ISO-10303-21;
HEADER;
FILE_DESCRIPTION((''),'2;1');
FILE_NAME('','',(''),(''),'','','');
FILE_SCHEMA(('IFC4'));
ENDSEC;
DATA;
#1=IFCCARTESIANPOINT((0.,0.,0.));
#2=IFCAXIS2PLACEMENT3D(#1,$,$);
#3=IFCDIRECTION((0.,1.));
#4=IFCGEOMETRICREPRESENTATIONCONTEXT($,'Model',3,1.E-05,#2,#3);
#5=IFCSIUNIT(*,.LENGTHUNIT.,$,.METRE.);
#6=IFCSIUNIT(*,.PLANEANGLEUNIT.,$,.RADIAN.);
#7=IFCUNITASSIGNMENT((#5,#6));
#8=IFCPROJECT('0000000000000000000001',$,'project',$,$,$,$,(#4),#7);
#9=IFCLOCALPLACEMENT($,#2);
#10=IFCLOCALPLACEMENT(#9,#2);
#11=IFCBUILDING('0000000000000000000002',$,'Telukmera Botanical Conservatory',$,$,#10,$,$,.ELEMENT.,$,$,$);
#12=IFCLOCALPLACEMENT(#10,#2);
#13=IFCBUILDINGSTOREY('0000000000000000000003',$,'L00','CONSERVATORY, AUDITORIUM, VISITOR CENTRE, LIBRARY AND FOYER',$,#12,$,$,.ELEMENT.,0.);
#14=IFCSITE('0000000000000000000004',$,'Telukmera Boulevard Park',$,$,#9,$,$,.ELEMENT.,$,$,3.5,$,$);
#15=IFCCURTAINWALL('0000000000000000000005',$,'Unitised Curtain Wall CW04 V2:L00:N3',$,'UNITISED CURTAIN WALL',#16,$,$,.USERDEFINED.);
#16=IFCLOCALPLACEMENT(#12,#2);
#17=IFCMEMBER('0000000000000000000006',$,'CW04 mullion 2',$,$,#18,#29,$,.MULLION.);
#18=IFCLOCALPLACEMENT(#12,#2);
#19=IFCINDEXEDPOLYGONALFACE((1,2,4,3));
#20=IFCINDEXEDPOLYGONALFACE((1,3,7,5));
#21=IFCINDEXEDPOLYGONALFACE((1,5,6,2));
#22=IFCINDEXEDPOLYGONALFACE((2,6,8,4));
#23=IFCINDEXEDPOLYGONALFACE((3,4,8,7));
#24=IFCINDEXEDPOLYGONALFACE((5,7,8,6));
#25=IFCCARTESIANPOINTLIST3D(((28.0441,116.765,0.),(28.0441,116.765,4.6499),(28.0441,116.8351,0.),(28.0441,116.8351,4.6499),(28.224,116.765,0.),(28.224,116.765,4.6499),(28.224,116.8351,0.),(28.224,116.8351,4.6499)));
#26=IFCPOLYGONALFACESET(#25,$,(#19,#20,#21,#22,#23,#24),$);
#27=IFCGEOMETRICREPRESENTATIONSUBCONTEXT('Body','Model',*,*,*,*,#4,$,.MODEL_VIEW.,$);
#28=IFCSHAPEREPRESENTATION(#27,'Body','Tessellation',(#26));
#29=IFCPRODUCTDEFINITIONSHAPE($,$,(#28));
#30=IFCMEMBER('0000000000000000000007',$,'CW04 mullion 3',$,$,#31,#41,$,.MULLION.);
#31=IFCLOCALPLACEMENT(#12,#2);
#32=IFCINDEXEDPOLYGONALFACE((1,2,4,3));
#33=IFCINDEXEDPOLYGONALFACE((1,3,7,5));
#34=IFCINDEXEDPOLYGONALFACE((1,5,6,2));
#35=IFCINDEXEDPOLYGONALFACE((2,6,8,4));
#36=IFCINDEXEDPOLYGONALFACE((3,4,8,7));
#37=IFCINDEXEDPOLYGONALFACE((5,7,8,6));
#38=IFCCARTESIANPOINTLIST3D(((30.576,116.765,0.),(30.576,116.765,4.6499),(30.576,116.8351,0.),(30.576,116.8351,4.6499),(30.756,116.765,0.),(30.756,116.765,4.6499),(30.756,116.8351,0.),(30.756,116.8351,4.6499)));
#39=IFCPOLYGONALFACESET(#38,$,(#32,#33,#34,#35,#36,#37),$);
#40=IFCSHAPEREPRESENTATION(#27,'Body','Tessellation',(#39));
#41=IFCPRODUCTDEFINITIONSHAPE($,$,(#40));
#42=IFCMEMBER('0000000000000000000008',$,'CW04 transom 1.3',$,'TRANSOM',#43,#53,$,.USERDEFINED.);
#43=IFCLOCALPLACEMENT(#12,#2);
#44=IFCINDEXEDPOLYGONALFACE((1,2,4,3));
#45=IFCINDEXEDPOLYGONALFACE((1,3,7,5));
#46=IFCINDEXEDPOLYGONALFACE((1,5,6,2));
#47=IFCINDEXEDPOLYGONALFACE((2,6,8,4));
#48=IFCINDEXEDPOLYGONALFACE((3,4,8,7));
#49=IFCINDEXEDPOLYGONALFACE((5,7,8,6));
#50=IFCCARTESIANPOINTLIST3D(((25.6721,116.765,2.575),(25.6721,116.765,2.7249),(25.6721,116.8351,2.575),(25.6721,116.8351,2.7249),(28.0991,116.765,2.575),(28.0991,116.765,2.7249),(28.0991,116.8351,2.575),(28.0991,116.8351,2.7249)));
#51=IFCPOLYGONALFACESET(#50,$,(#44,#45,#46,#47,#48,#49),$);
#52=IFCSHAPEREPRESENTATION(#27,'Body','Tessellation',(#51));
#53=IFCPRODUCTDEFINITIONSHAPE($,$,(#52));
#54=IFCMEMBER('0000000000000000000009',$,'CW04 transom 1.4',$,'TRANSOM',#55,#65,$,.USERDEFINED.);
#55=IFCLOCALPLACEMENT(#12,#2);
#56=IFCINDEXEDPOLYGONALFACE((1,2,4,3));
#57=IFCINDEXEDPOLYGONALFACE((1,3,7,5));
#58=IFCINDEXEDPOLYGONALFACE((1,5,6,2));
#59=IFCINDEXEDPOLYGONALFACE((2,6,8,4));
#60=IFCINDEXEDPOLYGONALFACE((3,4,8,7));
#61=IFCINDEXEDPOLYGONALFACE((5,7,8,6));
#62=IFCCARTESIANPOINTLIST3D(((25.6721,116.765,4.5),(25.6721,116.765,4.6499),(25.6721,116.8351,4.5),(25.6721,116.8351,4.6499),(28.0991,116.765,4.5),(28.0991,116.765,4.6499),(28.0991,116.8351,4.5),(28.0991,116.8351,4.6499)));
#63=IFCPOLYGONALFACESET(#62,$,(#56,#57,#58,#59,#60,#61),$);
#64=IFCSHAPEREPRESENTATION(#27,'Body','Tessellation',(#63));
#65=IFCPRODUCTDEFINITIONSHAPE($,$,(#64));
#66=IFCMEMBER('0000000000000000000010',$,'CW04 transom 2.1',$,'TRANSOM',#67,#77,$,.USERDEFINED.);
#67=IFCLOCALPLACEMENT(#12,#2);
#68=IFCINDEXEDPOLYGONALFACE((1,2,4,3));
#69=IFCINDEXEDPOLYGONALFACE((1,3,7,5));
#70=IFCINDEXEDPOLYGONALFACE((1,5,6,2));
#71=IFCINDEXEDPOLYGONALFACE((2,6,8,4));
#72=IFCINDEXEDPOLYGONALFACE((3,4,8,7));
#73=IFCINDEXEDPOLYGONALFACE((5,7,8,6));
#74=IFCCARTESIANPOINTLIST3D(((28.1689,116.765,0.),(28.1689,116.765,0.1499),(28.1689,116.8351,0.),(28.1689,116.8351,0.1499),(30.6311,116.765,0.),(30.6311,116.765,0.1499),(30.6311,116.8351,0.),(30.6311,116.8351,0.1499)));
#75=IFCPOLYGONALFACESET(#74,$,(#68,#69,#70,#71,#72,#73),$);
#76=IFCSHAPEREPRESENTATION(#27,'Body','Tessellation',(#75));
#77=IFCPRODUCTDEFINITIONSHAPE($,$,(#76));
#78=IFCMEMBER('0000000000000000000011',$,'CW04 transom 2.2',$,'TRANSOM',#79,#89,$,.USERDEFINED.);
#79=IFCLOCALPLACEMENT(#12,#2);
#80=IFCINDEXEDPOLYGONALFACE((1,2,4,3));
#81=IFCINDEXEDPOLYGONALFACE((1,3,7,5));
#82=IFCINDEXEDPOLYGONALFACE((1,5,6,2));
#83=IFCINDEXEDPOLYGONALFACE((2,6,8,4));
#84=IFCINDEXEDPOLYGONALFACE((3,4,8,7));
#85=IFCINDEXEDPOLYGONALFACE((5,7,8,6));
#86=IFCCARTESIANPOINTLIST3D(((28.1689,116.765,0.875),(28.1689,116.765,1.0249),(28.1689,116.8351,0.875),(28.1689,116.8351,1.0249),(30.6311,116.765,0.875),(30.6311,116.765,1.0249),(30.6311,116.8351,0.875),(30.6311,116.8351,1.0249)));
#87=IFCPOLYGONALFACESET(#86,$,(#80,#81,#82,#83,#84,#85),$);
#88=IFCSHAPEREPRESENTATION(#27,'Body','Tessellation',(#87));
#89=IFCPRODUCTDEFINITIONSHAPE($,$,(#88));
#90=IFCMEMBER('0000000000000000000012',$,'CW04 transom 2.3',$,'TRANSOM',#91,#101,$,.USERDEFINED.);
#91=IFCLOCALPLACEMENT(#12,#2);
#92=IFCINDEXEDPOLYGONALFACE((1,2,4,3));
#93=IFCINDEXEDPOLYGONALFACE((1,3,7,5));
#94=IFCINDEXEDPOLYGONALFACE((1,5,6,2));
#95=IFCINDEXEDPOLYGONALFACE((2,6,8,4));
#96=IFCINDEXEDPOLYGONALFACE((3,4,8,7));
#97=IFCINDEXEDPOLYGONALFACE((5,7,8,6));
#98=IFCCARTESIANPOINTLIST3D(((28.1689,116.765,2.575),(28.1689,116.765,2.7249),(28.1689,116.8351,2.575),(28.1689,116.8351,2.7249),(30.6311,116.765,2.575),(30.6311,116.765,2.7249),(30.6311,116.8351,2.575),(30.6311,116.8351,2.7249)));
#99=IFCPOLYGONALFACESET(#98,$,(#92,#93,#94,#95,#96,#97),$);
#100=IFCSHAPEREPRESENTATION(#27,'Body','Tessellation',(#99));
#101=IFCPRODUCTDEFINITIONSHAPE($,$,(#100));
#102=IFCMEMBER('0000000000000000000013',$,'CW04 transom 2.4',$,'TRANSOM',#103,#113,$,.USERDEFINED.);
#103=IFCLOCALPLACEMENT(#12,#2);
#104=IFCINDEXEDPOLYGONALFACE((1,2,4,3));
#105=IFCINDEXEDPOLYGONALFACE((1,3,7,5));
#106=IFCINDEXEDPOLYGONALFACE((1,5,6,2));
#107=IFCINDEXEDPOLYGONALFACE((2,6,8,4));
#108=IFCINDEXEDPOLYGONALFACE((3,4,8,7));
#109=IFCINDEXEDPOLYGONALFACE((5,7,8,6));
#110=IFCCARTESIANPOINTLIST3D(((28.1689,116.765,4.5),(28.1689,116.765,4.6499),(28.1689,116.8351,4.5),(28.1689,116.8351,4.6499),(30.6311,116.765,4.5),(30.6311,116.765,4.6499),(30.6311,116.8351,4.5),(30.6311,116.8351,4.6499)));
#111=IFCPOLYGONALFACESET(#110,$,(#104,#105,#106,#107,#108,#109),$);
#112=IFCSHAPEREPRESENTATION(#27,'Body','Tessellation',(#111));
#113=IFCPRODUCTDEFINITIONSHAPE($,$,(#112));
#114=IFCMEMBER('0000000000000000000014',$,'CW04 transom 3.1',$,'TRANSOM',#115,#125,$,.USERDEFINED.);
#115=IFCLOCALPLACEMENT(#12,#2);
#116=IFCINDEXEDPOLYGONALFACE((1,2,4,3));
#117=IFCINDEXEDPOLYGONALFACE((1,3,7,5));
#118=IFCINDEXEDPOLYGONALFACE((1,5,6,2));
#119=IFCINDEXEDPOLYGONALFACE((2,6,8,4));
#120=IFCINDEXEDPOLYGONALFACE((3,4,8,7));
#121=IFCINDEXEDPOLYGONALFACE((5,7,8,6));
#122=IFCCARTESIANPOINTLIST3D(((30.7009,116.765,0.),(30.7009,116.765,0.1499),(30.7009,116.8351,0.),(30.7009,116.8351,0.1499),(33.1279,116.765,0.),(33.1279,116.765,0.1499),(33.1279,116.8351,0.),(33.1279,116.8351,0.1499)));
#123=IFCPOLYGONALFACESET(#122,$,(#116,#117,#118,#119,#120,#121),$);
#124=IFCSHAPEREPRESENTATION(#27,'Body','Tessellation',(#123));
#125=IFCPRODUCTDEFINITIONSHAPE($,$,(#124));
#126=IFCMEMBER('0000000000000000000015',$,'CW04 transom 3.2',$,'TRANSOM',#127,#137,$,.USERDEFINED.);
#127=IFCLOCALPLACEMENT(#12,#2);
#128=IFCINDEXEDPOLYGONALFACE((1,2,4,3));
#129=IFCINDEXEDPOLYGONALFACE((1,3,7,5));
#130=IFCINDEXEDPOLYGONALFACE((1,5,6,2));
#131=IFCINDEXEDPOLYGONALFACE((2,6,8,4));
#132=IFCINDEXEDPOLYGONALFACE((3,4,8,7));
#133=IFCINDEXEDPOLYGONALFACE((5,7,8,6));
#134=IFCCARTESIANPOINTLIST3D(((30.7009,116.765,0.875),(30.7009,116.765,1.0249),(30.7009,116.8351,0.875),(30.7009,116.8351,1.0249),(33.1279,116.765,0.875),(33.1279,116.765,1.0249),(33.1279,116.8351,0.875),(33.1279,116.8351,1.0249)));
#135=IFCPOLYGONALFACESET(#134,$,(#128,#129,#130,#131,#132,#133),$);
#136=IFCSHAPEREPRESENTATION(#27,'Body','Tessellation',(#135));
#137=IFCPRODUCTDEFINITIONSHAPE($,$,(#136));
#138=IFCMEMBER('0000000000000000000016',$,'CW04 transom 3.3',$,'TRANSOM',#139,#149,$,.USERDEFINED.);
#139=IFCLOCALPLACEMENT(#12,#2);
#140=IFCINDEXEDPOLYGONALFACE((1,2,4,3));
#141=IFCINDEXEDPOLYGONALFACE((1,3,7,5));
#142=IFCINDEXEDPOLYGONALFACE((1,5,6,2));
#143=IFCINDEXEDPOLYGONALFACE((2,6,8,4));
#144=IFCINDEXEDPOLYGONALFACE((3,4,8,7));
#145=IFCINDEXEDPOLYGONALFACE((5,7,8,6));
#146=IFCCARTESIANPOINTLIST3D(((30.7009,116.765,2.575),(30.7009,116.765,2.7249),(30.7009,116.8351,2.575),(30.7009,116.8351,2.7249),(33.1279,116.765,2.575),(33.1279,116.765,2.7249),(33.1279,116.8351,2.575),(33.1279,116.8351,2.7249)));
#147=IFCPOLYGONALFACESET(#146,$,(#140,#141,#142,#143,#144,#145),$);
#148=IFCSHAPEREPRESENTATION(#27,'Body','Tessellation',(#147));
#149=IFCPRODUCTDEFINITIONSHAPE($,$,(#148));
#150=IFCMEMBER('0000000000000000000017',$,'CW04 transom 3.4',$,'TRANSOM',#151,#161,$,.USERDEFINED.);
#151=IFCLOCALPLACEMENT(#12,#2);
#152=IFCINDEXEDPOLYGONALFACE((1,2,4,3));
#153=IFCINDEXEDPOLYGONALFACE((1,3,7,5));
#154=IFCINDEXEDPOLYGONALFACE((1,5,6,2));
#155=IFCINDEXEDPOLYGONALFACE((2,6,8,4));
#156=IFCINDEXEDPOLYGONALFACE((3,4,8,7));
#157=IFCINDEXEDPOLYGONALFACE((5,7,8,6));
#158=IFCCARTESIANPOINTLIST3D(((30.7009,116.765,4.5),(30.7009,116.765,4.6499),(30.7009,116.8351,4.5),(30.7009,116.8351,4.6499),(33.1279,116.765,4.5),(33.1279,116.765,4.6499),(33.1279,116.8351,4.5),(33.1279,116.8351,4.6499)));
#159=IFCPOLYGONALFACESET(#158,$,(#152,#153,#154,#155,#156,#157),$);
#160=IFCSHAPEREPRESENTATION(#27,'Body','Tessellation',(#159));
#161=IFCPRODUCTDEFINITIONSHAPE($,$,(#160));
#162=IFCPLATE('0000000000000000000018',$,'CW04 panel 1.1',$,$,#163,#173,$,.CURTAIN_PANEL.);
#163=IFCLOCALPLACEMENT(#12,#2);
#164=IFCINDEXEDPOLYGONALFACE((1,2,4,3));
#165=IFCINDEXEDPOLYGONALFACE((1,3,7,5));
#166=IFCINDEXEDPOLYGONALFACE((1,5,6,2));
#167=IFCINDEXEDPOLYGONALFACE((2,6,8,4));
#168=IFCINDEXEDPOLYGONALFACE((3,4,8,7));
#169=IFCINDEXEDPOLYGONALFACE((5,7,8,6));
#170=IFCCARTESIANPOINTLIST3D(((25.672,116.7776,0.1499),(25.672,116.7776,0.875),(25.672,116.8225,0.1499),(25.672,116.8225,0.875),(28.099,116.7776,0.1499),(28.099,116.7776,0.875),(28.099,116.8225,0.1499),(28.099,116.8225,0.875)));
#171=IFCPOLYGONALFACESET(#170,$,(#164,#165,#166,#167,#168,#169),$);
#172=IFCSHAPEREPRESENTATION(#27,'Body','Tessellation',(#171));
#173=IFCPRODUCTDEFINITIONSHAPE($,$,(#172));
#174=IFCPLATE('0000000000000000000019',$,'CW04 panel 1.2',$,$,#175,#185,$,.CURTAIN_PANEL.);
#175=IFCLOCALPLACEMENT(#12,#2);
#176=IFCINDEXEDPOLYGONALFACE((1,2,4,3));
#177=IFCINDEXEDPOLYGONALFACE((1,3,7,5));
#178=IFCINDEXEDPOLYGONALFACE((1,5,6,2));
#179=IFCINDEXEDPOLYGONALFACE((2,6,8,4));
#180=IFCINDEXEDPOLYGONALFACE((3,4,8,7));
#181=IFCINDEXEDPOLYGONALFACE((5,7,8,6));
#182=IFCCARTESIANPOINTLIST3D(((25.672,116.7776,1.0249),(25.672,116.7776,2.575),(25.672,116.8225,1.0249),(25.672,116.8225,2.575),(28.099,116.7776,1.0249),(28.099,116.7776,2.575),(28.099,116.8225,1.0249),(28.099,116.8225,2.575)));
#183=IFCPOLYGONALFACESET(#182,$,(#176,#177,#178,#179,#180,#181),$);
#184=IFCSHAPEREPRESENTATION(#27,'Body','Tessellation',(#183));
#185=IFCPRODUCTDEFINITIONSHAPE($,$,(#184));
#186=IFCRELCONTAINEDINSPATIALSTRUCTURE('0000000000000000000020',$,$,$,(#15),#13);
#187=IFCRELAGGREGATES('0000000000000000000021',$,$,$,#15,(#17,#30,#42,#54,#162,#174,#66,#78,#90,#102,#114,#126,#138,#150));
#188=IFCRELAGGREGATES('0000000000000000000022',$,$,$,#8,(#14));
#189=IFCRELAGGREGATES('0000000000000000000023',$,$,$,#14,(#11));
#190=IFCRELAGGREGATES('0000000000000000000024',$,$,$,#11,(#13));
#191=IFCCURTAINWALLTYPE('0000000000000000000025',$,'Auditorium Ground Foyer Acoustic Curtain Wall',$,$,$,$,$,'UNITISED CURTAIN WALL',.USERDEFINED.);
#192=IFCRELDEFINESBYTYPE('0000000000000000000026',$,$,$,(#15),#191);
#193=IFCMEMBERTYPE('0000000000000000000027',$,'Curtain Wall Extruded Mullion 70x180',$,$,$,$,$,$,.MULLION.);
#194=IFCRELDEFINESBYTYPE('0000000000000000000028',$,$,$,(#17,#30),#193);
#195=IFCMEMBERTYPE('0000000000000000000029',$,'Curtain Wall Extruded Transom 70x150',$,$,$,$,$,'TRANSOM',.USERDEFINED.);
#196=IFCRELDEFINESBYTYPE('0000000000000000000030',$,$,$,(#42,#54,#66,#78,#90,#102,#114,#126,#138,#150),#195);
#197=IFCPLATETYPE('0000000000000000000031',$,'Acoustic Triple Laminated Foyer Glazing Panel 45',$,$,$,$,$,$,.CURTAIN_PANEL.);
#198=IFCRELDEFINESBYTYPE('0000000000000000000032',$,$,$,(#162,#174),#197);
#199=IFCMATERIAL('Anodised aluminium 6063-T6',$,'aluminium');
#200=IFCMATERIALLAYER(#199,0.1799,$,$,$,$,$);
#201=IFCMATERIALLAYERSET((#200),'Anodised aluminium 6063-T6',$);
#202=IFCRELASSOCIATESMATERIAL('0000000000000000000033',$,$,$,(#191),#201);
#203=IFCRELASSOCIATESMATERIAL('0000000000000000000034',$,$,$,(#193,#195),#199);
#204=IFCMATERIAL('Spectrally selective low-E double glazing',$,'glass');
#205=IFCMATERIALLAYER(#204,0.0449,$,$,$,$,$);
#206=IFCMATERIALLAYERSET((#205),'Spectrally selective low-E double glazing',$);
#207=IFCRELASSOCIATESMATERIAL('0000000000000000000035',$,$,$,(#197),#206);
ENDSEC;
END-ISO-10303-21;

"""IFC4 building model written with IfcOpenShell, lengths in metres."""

from ifc_helpers import new_model, si_unit, direction, frame, origin, origin_2d, place, context, subcontext, project, spatial, rectangle, extrude, material, layer, layer_set, material_profile, profile_set, type_object, element, aggregate, save


model = new_model("IFC4")

# Units and contexts
model_context = context("Model", 3, precision=1e-05, world=origin(), true_north=direction((0.0, 1.0)))
body_context = subcontext(model_context, "Body", "Model", "MODEL_VIEW")
ifc_project = project(units=[si_unit("LENGTHUNIT", "METRE"), si_unit("PLANEANGLEUNIT", "RADIAN")], contexts=[model_context])

# Site, building, storey
site_placement = place(None, origin())
site = spatial("IfcSite", under=ifc_project, at=site_placement, Name="Telukmera Boulevard Park", CompositionType="ELEMENT", RefElevation=3.5)
building_placement = place(site_placement, origin())
building = spatial("IfcBuilding", under=site, at=building_placement, Name="Telukmera Botanical Conservatory", CompositionType="ELEMENT")
storey_placement = place(building_placement, origin())
storey = spatial("IfcBuildingStorey", under=building, at=storey_placement, Name="L00", Description="CONSERVATORY, AUDITORIUM, VISITOR CENTRE, LIBRARY AND FOYER", CompositionType="ELEMENT", Elevation=0.0)

# Curtain wall, members, plates
ifc_material_1 = material(Name="Anodised aluminium 6063-T6", Category="aluminium")
ifc_layer_1 = layer(ifc_material_1, 0.1799)
ifc_layer_set_1 = layer_set([ifc_layer_1], Name="Anodised aluminium 6063-T6")
curtain_wall_type = type_object("IfcCurtainWallType", Name="Auditorium Ground Foyer Acoustic Curtain Wall", ElementType="UNITISED CURTAIN WALL", PredefinedType="USERDEFINED", material=ifc_layer_set_1)
curtain_wall_placement = place(storey_placement, origin())
curtain_wall = element("IfcCurtainWall", 1, at=curtain_wall_placement, inside=storey, type_object=curtain_wall_type, Name="Unitised Curtain Wall CW04 V2:L00:N3", ObjectType="UNITISED CURTAIN WALL", PredefinedType="USERDEFINED")
ifc_material_profile_1 = material_profile(ifc_material_1, rectangle(XDim=0.0701, YDim=0.1799, at=origin_2d()), Name="ALU MULL 70x180")
ifc_profile_set_1 = profile_set([ifc_material_profile_1], Name="Anodised aluminium 6063-T6")
member_type_1 = type_object("IfcMemberType", Name="Curtain Wall Extruded Mullion 70x180", PredefinedType="MULLION", material=ifc_profile_set_1)
member_1_placement = place(storey_placement, frame((28.134, 116.8, 0.0), z_axis=(0.0, 0.0, 1.0), x_axis=(0.0, 1.0, 0.0)))
member_1 = element("IfcMember", 2, at=member_1_placement, type_object=member_type_1, Name="CW04 mullion 2", PredefinedType="MULLION", context=body_context, shape_type="SweptSolid", body=[
    extrude(rectangle(XDim=0.0701, YDim=0.1799, at=origin_2d()), origin(), (0.0, 0.0, 1.0), 4.6499),
])
member_2_placement = place(storey_placement, frame((30.666, 116.8, 0.0), z_axis=(0.0, 0.0, 1.0), x_axis=(0.0, 1.0, 0.0)))
member_2 = element("IfcMember", 3, at=member_2_placement, type_object=member_type_1, Name="CW04 mullion 3", PredefinedType="MULLION", context=body_context, shape_type="SweptSolid", body=[
    extrude(rectangle(XDim=0.0701, YDim=0.1799, at=origin_2d()), origin(), (0.0, 0.0, 1.0), 4.6499),
])
ifc_material_profile_2 = material_profile(ifc_material_1, rectangle(XDim=0.0701, YDim=0.1499, at=origin_2d()), Name="ALU TRAN 70x150")
ifc_profile_set_2 = profile_set([ifc_material_profile_2], Name="Anodised aluminium 6063-T6")
member_type_2 = type_object("IfcMemberType", Name="Curtain Wall Extruded Transom 70x150", ElementType="TRANSOM", PredefinedType="USERDEFINED", material=ifc_profile_set_2)
member_3_placement = place(storey_placement, frame((25.6721, 116.8, 2.6499), z_axis=(1.0, 0.0, 0.0), x_axis=(0.0, 1.0, 0.0)))
member_3 = element("IfcMember", 4, at=member_3_placement, type_object=member_type_2, Name="CW04 transom 1.3", ObjectType="TRANSOM", PredefinedType="USERDEFINED", context=body_context, shape_type="SweptSolid", body=[
    extrude(rectangle(XDim=0.0701, YDim=0.1499, at=origin_2d()), origin(), (0.0, 0.0, 1.0), 2.427),
])
member_4_placement = place(storey_placement, frame((25.6721, 116.8, 4.575), z_axis=(1.0, 0.0, 0.0), x_axis=(0.0, 1.0, 0.0)))
member_4 = element("IfcMember", 5, at=member_4_placement, type_object=member_type_2, Name="CW04 transom 1.4", ObjectType="TRANSOM", PredefinedType="USERDEFINED", context=body_context, shape_type="SweptSolid", body=[
    extrude(rectangle(XDim=0.0701, YDim=0.1499, at=origin_2d()), origin(), (0.0, 0.0, 1.0), 2.427),
])
member_5_placement = place(storey_placement, frame((28.1689, 116.8, 0.075), z_axis=(1.0, 0.0, 0.0), x_axis=(0.0, 1.0, 0.0)))
member_5 = element("IfcMember", 6, at=member_5_placement, type_object=member_type_2, Name="CW04 transom 2.1", ObjectType="TRANSOM", PredefinedType="USERDEFINED", context=body_context, shape_type="SweptSolid", body=[
    extrude(rectangle(XDim=0.0701, YDim=0.1499, at=origin_2d()), origin(), (0.0, 0.0, 1.0), 2.4622),
])
member_6_placement = place(storey_placement, frame((28.1689, 116.8, 0.95), z_axis=(1.0, 0.0, 0.0), x_axis=(0.0, 1.0, 0.0)))
member_6 = element("IfcMember", 7, at=member_6_placement, type_object=member_type_2, Name="CW04 transom 2.2", ObjectType="TRANSOM", PredefinedType="USERDEFINED", context=body_context, shape_type="SweptSolid", body=[
    extrude(rectangle(XDim=0.0701, YDim=0.1499, at=origin_2d()), origin(), (0.0, 0.0, 1.0), 2.4622),
])
member_7_placement = place(storey_placement, frame((28.1689, 116.8, 2.6499), z_axis=(1.0, 0.0, 0.0), x_axis=(0.0, 1.0, 0.0)))
member_7 = element("IfcMember", 8, at=member_7_placement, type_object=member_type_2, Name="CW04 transom 2.3", ObjectType="TRANSOM", PredefinedType="USERDEFINED", context=body_context, shape_type="SweptSolid", body=[
    extrude(rectangle(XDim=0.0701, YDim=0.1499, at=origin_2d()), origin(), (0.0, 0.0, 1.0), 2.4622),
])
member_8_placement = place(storey_placement, frame((28.1689, 116.8, 4.575), z_axis=(1.0, 0.0, 0.0), x_axis=(0.0, 1.0, 0.0)))
member_8 = element("IfcMember", 9, at=member_8_placement, type_object=member_type_2, Name="CW04 transom 2.4", ObjectType="TRANSOM", PredefinedType="USERDEFINED", context=body_context, shape_type="SweptSolid", body=[
    extrude(rectangle(XDim=0.0701, YDim=0.1499, at=origin_2d()), origin(), (0.0, 0.0, 1.0), 2.4622),
])
member_9_placement = place(storey_placement, frame((30.7009, 116.8, 0.075), z_axis=(1.0, 0.0, 0.0), x_axis=(0.0, 1.0, 0.0)))
member_9 = element("IfcMember", 10, at=member_9_placement, type_object=member_type_2, Name="CW04 transom 3.1", ObjectType="TRANSOM", PredefinedType="USERDEFINED", context=body_context, shape_type="SweptSolid", body=[
    extrude(rectangle(XDim=0.0701, YDim=0.1499, at=origin_2d()), origin(), (0.0, 0.0, 1.0), 2.427),
])
member_10_placement = place(storey_placement, frame((30.7009, 116.8, 0.95), z_axis=(1.0, 0.0, 0.0), x_axis=(0.0, 1.0, 0.0)))
member_10 = element("IfcMember", 11, at=member_10_placement, type_object=member_type_2, Name="CW04 transom 3.2", ObjectType="TRANSOM", PredefinedType="USERDEFINED", context=body_context, shape_type="SweptSolid", body=[
    extrude(rectangle(XDim=0.0701, YDim=0.1499, at=origin_2d()), origin(), (0.0, 0.0, 1.0), 2.427),
])
member_11_placement = place(storey_placement, frame((30.7009, 116.8, 2.6499), z_axis=(1.0, 0.0, 0.0), x_axis=(0.0, 1.0, 0.0)))
member_11 = element("IfcMember", 12, at=member_11_placement, type_object=member_type_2, Name="CW04 transom 3.3", ObjectType="TRANSOM", PredefinedType="USERDEFINED", context=body_context, shape_type="SweptSolid", body=[
    extrude(rectangle(XDim=0.0701, YDim=0.1499, at=origin_2d()), origin(), (0.0, 0.0, 1.0), 2.427),
])
member_12_placement = place(storey_placement, frame((30.7009, 116.8, 4.575), z_axis=(1.0, 0.0, 0.0), x_axis=(0.0, 1.0, 0.0)))
member_12 = element("IfcMember", 13, at=member_12_placement, type_object=member_type_2, Name="CW04 transom 3.4", ObjectType="TRANSOM", PredefinedType="USERDEFINED", context=body_context, shape_type="SweptSolid", body=[
    extrude(rectangle(XDim=0.0701, YDim=0.1499, at=origin_2d()), origin(), (0.0, 0.0, 1.0), 2.427),
])
ifc_material_2 = material(Name="Spectrally selective low-E double glazing", Category="glass")
ifc_layer_2 = layer(ifc_material_2, 0.0449)
ifc_layer_set_2 = layer_set([ifc_layer_2], Name="Spectrally selective low-E double glazing")
plate_type = type_object("IfcPlateType", Name="Acoustic Triple Laminated Foyer Glazing Panel 45", PredefinedType="CURTAIN_PANEL", material=ifc_layer_set_2)
plate_1_placement = place(storey_placement, frame((26.8855, 116.8, 0.1499), z_axis=(0.0, 0.0, 1.0), x_axis=(1.0, 0.0, 0.0)))
plate_1 = element("IfcPlate", 14, at=plate_1_placement, type_object=plate_type, Name="CW04 panel 1.1", PredefinedType="CURTAIN_PANEL", context=body_context, shape_type="SweptSolid", body=[
    extrude(rectangle(XDim=2.427, YDim=0.0449, at=origin_2d()), origin(), (0.0, 0.0, 1.0), 0.7251),
])
plate_2_placement = place(storey_placement, frame((26.8855, 116.8, 1.0249), z_axis=(0.0, 0.0, 1.0), x_axis=(1.0, 0.0, 0.0)))
plate_2 = element("IfcPlate", 15, at=plate_2_placement, type_object=plate_type, Name="CW04 panel 1.2", PredefinedType="CURTAIN_PANEL", context=body_context, shape_type="SweptSolid", body=[
    extrude(rectangle(XDim=2.427, YDim=0.0449, at=origin_2d()), origin(), (0.0, 0.0, 1.0), 1.55),
])
aggregate(curtain_wall, [member_1, member_2, member_3, member_4, plate_1, plate_2, member_5, member_6, member_7, member_8, member_9, member_10, member_11, member_12])

save(model, "model.ifc")
